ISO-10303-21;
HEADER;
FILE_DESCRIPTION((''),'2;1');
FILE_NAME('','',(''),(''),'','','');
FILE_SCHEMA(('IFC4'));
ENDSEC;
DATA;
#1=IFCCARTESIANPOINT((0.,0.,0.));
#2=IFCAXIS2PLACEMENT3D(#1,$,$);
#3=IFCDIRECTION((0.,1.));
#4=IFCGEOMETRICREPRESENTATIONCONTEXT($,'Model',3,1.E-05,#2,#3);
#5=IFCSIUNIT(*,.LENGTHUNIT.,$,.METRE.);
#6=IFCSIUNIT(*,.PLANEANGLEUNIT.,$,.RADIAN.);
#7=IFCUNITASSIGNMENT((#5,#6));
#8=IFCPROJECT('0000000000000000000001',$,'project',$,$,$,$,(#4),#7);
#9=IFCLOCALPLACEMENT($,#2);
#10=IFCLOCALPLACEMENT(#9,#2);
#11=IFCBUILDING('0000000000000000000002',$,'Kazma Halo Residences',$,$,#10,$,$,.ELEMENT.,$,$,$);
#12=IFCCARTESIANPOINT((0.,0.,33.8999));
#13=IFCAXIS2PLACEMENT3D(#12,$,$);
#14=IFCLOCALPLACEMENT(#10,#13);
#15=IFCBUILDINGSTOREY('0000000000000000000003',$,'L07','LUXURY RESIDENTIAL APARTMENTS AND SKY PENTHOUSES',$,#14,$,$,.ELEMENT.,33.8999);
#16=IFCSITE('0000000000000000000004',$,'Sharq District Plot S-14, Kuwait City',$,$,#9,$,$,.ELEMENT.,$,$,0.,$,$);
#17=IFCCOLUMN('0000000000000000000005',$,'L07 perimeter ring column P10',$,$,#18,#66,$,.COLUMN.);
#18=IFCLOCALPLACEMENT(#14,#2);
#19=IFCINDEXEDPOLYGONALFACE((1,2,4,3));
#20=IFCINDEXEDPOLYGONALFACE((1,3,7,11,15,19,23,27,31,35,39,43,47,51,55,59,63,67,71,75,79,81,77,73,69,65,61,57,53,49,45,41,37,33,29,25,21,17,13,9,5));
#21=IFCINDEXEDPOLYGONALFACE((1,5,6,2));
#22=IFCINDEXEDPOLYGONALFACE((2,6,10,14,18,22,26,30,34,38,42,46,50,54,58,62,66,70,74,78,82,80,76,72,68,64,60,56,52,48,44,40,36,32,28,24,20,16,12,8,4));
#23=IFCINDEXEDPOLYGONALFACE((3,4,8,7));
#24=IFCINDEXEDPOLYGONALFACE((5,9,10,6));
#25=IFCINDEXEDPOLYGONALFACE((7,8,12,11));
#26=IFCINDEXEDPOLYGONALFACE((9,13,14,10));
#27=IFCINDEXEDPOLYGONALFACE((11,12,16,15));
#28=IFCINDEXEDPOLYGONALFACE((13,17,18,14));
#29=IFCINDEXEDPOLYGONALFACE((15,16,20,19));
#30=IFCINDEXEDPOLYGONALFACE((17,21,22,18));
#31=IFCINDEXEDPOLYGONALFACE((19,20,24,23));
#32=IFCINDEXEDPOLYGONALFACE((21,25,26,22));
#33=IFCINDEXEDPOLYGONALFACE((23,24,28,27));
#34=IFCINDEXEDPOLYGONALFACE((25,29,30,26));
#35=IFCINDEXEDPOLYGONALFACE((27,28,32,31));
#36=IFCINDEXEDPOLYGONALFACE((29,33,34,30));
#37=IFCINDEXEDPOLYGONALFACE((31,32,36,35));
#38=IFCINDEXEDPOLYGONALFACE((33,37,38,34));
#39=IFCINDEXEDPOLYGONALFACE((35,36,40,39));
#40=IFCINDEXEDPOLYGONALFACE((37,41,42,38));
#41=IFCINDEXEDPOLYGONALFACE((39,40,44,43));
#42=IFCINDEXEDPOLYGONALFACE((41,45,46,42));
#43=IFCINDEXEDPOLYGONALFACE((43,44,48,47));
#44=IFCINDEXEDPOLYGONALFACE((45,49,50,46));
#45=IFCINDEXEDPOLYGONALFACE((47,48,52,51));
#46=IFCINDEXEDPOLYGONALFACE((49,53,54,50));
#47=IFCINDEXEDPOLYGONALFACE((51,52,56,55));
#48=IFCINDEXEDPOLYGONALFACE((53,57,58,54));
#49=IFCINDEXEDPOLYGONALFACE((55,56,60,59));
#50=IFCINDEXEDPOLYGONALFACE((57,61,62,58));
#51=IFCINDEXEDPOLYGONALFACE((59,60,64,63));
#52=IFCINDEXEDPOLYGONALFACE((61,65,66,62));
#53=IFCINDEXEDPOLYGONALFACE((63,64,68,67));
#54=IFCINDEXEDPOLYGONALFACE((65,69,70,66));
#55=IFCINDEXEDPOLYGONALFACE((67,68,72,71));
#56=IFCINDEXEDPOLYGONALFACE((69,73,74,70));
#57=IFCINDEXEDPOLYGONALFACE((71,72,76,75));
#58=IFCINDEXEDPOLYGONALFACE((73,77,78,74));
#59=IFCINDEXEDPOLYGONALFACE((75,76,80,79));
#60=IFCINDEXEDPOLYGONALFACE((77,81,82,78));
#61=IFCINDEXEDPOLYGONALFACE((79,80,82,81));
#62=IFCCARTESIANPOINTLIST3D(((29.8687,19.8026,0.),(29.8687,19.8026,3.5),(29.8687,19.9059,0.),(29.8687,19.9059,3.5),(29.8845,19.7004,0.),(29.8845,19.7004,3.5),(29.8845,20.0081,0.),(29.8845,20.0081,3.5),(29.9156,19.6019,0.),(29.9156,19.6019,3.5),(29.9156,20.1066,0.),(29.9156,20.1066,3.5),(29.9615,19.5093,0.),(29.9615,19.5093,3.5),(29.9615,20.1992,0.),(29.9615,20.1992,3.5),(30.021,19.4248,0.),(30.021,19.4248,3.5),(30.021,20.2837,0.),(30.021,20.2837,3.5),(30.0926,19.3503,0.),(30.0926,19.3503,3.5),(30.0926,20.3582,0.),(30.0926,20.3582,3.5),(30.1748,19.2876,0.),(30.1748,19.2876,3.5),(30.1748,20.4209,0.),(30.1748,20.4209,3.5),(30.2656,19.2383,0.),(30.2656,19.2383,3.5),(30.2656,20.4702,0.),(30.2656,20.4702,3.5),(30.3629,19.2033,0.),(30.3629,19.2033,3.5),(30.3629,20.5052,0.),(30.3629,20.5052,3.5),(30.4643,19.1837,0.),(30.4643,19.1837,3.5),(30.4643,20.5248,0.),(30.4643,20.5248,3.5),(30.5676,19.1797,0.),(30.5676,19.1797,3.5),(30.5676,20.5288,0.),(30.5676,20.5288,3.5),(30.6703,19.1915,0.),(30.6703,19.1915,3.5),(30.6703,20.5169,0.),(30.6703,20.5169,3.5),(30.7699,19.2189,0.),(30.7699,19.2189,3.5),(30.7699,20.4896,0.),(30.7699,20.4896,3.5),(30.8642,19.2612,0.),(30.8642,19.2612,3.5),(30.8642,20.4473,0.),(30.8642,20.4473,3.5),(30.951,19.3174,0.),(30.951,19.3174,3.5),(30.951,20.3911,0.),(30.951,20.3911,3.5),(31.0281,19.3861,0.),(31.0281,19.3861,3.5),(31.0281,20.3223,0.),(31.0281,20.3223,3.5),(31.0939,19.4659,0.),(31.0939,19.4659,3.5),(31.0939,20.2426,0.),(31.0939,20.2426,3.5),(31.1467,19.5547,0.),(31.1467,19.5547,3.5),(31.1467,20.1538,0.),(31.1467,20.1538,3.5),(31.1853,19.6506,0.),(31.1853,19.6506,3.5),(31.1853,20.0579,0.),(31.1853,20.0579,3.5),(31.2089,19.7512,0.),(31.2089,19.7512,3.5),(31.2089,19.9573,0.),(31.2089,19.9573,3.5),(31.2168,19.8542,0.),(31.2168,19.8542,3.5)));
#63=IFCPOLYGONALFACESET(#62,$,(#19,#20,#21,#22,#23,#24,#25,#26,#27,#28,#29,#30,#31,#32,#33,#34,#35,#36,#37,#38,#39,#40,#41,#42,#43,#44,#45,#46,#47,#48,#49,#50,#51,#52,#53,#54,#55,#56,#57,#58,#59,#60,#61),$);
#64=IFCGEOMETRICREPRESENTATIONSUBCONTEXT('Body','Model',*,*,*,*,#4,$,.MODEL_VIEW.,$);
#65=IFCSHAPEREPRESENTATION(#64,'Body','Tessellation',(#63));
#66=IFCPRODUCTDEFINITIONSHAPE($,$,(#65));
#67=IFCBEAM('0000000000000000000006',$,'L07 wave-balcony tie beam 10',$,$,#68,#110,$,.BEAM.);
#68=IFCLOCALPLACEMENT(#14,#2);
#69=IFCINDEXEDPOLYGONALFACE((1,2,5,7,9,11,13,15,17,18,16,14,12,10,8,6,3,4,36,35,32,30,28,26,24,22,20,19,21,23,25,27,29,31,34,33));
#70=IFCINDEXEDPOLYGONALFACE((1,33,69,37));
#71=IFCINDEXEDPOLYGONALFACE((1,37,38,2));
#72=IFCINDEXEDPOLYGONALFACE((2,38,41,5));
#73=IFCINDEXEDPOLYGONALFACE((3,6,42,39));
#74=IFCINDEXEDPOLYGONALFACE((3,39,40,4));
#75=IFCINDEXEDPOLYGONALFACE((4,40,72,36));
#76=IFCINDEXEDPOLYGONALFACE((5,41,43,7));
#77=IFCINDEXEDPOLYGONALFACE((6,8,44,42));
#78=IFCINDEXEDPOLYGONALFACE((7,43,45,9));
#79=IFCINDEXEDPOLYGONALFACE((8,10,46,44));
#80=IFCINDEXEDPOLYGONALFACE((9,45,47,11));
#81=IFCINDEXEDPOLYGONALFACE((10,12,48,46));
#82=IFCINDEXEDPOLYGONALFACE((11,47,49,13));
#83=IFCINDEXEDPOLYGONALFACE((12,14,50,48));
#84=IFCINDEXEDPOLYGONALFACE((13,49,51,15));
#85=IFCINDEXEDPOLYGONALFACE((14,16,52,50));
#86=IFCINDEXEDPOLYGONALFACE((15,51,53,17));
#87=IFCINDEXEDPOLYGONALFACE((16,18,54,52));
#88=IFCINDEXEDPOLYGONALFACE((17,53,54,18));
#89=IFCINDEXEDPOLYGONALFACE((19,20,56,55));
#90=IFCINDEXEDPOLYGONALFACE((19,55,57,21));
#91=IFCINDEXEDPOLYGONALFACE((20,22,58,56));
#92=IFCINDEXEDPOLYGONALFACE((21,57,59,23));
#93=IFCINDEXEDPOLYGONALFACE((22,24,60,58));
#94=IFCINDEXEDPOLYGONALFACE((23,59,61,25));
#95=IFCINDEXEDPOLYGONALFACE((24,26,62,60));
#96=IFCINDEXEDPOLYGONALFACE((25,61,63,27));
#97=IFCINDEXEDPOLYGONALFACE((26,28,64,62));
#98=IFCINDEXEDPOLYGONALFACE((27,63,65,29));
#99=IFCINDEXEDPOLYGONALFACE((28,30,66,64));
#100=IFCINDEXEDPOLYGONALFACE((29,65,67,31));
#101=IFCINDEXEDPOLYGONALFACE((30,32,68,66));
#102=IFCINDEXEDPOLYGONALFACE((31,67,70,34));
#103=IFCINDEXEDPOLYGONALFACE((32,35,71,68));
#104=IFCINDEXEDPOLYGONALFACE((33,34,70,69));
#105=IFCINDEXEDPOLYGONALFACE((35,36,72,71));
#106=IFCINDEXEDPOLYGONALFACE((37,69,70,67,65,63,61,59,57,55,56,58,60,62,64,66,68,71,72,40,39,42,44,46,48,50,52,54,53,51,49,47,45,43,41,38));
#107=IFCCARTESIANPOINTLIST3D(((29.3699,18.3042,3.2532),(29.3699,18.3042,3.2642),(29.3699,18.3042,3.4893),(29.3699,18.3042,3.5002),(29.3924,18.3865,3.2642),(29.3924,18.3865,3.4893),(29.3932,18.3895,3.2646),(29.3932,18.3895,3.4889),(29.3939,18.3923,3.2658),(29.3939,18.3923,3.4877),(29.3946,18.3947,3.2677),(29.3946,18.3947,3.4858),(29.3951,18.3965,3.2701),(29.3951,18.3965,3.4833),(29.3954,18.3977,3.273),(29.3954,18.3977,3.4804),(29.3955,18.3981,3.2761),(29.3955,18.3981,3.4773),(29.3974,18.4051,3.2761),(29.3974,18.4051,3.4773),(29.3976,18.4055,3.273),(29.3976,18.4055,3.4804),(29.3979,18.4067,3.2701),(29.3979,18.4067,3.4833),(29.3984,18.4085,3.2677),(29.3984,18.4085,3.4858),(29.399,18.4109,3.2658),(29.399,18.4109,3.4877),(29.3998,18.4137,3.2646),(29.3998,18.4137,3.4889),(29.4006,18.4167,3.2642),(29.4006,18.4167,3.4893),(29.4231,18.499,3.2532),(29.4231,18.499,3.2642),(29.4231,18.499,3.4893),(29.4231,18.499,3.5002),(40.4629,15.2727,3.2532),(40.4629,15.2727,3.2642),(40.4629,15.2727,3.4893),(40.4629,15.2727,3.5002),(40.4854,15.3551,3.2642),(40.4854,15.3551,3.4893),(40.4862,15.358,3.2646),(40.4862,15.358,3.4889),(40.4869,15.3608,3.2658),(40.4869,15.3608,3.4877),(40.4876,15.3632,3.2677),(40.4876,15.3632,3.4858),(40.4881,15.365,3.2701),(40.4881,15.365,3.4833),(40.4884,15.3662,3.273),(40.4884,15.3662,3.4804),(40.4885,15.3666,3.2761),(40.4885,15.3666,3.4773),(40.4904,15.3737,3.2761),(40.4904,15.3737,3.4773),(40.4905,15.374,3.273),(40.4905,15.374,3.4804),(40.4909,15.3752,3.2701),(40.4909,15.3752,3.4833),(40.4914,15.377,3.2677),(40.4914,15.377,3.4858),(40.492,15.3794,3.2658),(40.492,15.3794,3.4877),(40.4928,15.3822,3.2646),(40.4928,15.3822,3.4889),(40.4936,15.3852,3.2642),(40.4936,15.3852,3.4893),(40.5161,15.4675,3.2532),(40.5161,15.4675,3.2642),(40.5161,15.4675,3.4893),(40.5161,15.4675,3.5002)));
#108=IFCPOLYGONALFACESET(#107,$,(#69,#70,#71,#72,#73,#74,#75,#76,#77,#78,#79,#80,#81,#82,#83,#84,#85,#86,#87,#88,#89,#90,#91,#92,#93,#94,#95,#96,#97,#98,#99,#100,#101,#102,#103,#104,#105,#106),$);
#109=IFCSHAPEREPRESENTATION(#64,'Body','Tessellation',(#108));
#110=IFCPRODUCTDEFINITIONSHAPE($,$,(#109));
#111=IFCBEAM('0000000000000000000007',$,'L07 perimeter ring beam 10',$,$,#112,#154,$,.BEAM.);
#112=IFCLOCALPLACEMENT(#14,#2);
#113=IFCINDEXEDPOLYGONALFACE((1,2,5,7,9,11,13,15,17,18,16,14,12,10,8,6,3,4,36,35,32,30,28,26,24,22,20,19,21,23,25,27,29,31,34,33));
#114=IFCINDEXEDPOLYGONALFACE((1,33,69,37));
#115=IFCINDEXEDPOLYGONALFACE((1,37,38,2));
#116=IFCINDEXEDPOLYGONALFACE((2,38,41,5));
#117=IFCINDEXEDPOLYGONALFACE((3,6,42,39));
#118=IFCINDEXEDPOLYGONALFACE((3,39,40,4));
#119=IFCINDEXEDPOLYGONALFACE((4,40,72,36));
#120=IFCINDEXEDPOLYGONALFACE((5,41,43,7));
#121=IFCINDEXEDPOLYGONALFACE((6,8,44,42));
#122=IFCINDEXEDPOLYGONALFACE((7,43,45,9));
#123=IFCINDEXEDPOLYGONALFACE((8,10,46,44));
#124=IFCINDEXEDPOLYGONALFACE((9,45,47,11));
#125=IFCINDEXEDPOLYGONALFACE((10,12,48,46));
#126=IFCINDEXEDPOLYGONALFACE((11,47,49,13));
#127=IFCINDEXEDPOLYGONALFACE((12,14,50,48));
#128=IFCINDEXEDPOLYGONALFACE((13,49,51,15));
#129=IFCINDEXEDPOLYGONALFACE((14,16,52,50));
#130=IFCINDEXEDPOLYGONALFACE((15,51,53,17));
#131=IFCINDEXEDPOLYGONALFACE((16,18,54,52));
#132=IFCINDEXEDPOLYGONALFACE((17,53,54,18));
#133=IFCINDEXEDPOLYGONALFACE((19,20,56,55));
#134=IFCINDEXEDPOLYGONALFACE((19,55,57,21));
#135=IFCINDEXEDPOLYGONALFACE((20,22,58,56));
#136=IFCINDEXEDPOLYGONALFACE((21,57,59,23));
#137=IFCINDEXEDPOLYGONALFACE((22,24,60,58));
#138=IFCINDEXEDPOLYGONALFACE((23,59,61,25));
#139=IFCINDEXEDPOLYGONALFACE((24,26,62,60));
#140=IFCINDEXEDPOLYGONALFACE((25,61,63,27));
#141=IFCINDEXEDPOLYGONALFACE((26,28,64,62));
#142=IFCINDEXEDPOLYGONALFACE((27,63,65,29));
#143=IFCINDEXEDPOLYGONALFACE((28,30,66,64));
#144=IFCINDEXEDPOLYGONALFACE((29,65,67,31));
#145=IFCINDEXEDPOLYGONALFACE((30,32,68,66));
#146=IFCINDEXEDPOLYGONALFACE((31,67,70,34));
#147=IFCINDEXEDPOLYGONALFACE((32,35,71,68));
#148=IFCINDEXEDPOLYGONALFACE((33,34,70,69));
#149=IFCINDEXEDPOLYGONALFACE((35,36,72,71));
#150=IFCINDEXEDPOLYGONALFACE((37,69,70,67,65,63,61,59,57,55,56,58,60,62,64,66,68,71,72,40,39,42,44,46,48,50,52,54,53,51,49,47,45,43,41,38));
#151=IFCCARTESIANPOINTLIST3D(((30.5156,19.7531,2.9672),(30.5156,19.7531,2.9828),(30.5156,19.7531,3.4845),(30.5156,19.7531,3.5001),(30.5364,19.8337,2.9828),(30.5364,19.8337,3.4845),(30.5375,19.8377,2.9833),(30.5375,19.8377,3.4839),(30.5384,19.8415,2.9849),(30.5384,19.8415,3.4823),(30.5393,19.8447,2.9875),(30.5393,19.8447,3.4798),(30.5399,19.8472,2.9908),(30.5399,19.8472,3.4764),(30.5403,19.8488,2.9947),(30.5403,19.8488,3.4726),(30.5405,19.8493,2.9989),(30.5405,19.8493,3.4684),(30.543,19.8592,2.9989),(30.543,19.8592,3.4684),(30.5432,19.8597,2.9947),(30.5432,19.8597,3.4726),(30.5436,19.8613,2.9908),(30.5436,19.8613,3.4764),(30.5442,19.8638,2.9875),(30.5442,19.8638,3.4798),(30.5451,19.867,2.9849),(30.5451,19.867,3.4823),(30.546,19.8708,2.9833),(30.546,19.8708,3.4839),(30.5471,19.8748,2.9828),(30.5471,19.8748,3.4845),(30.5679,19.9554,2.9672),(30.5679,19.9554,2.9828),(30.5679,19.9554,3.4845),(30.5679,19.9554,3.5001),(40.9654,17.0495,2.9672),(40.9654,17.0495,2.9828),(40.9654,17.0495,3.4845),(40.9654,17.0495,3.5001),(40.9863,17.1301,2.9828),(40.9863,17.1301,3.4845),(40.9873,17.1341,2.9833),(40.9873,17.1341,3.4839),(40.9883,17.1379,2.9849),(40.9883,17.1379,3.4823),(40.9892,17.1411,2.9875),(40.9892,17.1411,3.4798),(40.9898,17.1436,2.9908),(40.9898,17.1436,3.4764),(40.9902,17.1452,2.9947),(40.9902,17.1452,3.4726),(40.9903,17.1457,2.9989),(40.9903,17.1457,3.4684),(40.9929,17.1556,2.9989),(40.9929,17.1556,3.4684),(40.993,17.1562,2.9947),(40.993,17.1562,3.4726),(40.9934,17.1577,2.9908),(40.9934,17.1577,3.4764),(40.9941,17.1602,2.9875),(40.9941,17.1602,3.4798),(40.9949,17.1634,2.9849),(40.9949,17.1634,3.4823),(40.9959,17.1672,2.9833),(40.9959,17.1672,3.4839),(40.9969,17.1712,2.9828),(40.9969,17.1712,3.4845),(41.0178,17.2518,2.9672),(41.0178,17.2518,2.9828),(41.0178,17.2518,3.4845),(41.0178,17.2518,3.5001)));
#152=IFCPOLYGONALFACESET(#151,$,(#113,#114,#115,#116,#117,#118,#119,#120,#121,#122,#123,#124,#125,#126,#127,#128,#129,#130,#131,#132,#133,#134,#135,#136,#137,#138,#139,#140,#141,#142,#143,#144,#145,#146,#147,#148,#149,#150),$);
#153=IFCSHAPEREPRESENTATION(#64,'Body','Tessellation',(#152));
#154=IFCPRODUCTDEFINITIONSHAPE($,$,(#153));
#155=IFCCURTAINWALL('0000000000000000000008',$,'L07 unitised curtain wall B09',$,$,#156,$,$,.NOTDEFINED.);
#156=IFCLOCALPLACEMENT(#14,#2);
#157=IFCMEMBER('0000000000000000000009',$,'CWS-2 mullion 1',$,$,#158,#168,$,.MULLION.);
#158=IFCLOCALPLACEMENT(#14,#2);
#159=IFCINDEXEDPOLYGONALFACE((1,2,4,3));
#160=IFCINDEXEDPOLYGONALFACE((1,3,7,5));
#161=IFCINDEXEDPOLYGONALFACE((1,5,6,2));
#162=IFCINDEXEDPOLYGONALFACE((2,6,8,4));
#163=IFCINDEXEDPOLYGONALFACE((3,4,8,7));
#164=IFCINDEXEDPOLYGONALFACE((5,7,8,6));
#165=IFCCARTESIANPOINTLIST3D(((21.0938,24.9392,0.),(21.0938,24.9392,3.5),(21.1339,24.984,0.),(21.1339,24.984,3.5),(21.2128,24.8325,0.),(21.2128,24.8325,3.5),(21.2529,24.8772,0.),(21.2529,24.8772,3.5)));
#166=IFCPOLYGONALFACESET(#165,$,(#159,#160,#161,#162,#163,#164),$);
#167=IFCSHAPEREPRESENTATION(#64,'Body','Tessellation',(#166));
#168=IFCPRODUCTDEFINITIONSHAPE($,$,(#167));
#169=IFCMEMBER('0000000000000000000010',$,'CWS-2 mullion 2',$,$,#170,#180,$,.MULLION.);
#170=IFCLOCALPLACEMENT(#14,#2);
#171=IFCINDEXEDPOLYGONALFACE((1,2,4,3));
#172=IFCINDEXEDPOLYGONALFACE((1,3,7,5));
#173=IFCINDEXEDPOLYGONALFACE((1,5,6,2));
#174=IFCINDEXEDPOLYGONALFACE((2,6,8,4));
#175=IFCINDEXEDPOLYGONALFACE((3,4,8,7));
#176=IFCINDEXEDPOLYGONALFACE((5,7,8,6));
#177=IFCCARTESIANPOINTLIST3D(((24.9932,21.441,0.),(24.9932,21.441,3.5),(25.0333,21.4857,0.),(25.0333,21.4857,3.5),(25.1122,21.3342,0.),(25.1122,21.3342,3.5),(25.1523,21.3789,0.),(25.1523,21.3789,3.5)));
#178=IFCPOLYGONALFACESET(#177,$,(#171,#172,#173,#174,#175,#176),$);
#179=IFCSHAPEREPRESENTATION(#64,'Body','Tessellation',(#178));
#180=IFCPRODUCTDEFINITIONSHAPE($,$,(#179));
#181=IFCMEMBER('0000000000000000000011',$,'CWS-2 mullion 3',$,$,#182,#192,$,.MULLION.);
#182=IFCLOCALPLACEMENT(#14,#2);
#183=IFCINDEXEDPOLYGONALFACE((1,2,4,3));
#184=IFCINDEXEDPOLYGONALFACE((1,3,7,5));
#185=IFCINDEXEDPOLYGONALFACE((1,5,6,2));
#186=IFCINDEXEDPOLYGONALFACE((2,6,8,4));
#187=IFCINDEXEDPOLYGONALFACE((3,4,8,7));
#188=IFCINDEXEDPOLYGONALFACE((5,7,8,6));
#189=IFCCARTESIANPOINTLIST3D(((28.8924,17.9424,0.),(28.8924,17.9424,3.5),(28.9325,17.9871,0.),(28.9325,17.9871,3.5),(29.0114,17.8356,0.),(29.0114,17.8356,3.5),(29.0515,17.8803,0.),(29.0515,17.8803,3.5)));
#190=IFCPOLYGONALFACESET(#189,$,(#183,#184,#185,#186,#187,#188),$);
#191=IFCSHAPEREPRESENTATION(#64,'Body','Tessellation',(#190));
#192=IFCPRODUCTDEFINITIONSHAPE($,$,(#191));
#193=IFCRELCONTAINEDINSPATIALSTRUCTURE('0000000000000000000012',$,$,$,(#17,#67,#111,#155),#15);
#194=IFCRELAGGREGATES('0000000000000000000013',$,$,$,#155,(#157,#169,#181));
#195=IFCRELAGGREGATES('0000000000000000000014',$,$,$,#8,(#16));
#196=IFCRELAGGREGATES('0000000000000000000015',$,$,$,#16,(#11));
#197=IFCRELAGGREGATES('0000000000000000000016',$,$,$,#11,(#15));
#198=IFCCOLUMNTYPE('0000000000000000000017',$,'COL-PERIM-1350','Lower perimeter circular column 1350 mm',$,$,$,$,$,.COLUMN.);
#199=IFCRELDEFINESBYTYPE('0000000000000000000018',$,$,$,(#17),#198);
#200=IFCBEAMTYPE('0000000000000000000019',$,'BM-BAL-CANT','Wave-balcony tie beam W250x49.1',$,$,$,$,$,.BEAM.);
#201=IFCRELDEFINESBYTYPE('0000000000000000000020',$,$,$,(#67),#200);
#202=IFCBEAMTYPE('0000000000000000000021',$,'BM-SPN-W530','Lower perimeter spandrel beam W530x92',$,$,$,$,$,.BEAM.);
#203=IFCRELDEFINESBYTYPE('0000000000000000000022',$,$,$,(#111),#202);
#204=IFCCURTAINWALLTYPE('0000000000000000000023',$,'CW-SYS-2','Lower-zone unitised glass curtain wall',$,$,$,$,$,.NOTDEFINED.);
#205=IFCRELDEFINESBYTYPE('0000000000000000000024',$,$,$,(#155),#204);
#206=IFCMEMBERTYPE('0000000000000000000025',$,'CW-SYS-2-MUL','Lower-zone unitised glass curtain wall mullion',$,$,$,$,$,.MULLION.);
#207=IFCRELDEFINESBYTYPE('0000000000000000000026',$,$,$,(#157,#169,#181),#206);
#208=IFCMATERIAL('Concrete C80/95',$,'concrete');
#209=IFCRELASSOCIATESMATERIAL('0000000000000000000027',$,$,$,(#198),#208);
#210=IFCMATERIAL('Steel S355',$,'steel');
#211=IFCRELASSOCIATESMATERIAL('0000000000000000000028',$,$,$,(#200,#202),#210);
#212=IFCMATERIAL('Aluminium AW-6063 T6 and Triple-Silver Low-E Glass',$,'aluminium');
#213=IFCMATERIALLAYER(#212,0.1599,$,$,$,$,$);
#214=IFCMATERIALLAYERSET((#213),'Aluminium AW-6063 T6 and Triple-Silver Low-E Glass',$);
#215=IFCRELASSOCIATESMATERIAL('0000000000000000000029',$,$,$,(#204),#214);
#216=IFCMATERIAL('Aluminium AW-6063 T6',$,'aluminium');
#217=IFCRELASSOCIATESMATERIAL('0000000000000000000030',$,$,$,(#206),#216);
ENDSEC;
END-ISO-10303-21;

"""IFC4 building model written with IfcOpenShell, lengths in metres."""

from ifc_helpers import new_model, si_unit, direction, frame, origin, origin_2d, place, context, subcontext, project, spatial, rectangle, circle, i_section, extrude, material, layer, layer_set, material_profile, profile_set, type_object, element, aggregate, save


model = new_model("IFC4")

# Units and contexts
model_context = context("Model", 3, precision=1e-05, world=origin(), true_north=direction((0.0, 1.0)))
body_context = subcontext(model_context, "Body", "Model", "MODEL_VIEW")
ifc_project = project(units=[si_unit("LENGTHUNIT", "METRE"), si_unit("PLANEANGLEUNIT", "RADIAN")], contexts=[model_context])

# Site, building, storey
site_placement = place(None, origin())
site = spatial("IfcSite", under=ifc_project, at=site_placement, Name="Sharq District Plot S-14, Kuwait City", CompositionType="ELEMENT", RefElevation=0.0)
building_placement = place(site_placement, origin())
building = spatial("IfcBuilding", under=site, at=building_placement, Name="Kazma Halo Residences", CompositionType="ELEMENT")
storey_placement = place(building_placement, frame((0.0, 0.0, 33.8999)))
storey = spatial("IfcBuildingStorey", under=building, at=storey_placement, Name="L07", Description="LUXURY RESIDENTIAL APARTMENTS AND SKY PENTHOUSES", CompositionType="ELEMENT", Elevation=33.8999)

# Column
ifc_material_1 = material(Name="Concrete C80/95", Category="concrete")
ifc_material_profile_1 = material_profile(ifc_material_1, circle(Radius=0.675, at=origin_2d()), Name="CIRC1350")
ifc_profile_set_1 = profile_set([ifc_material_profile_1], Name="Concrete C80/95")
column_type = type_object("IfcColumnType", Name="COL-PERIM-1350", Description="Lower perimeter circular column 1350 mm", PredefinedType="COLUMN", material=ifc_profile_set_1)
column_placement = place(storey_placement, frame((30.5417, 19.8542, 0.0), z_axis=(0.0, 0.0, 1.0), x_axis=(1.0, 0.0, 0.0)))
element("IfcColumn", 1, at=column_placement, inside=storey, type_object=column_type, Name="L07 perimeter ring column P10", PredefinedType="COLUMN", context=body_context, shape_type="SweptSolid", body=[
    extrude(circle(Radius=0.675, at=origin_2d()), origin(), (0.0, 0.0, 1.0), 3.5),
])

# Beams
ifc_material_2 = material(Name="Steel S355", Category="steel")
ifc_material_profile_2 = material_profile(ifc_material_2, i_section(OverallWidth=0.2019, OverallDepth=0.2471, WebThickness=0.0073, FlangeThickness=0.011, FilletRadius=0.012, at=origin_2d()), Name="W250x49.1")
ifc_profile_set_2 = profile_set([ifc_material_profile_2], Name="Steel S355")
beam_type_1 = type_object("IfcBeamType", Name="BM-BAL-CANT", Description="Wave-balcony tie beam W250x49.1", PredefinedType="BEAM", material=ifc_profile_set_2)
beam_1_placement = place(storey_placement, frame((29.3965, 18.4016, 3.3767), z_axis=(0.964628, -0.263613, 0.0), x_axis=(0.263613, 0.964628, 0.0)))
element("IfcBeam", 2, at=beam_1_placement, inside=storey, type_object=beam_type_1, Name="L07 wave-balcony tie beam 10", PredefinedType="BEAM", context=body_context, shape_type="SweptSolid", body=[
    extrude(i_section(OverallWidth=0.2019, OverallDepth=0.2471, WebThickness=0.0073, FlangeThickness=0.011, FilletRadius=0.012, at=origin_2d()), origin(), (0.0, 0.0, 1.0), 11.4998),
])
ifc_material_profile_3 = material_profile(ifc_material_2, i_section(OverallWidth=0.209, OverallDepth=0.533, WebThickness=0.0103, FlangeThickness=0.0156, FilletRadius=0.0161, at=origin_2d()), Name="W530x92")
ifc_profile_set_3 = profile_set([ifc_material_profile_3], Name="Steel S355")
beam_type_2 = type_object("IfcBeamType", Name="BM-SPN-W530", Description="Lower perimeter spandrel beam W530x92", PredefinedType="BEAM", material=ifc_profile_set_3)
beam_2_placement = place(storey_placement, frame((30.5417, 19.8542, 3.2336), z_axis=(0.968124, -0.250473, 0.0), x_axis=(0.250473, 0.968124, 0.0)))
element("IfcBeam", 3, at=beam_2_placement, inside=storey, type_object=beam_type_2, Name="L07 perimeter ring beam 10", PredefinedType="BEAM", context=body_context, shape_type="SweptSolid", body=[
    extrude(i_section(OverallWidth=0.209, OverallDepth=0.533, WebThickness=0.0103, FlangeThickness=0.0156, FilletRadius=0.0161, at=origin_2d()), origin(), (0.0, 0.0, 1.0), 10.7939),
])

# Curtain wall, members
ifc_material_3 = material(Name="Aluminium AW-6063 T6 and Triple-Silver Low-E Glass", Category="aluminium")
ifc_layer_1 = layer(ifc_material_3, 0.1599)
ifc_layer_set_1 = layer_set([ifc_layer_1], Name="Aluminium AW-6063 T6 and Triple-Silver Low-E Glass")
curtain_wall_type = type_object("IfcCurtainWallType", Name="CW-SYS-2", Description="Lower-zone unitised glass curtain wall", PredefinedType="NOTDEFINED", material=ifc_layer_set_1)
curtain_wall_placement = place(storey_placement, origin())
curtain_wall = element("IfcCurtainWall", 4, at=curtain_wall_placement, inside=storey, type_object=curtain_wall_type, Name="L07 unitised curtain wall B09", PredefinedType="NOTDEFINED")
ifc_material_4 = material(Name="Aluminium AW-6063 T6", Category="aluminium")
ifc_material_profile_4 = material_profile(ifc_material_4, rectangle(XDim=0.0601, YDim=0.1599, at=origin_2d()), Name="CWM-60x160")
ifc_profile_set_4 = profile_set([ifc_material_profile_4], Name="Aluminium AW-6063 T6")
member_type_1 = type_object("IfcMemberType", Name="CW-SYS-2-MUL", Description="Lower-zone unitised glass curtain wall mullion", PredefinedType="MULLION", material=ifc_profile_set_4)
member_1_placement = place(storey_placement, frame((21.1733, 24.9082, 0.0), z_axis=(0.0, 0.0, 1.0), x_axis=(0.667821, 0.744322, 0.0)))
member_1 = element("IfcMember", 5, at=member_1_placement, type_object=member_type_1, Name="CWS-2 mullion 1", PredefinedType="MULLION", context=body_context, shape_type="SweptSolid", body=[
    extrude(rectangle(XDim=0.0601, YDim=0.1599, at=origin_2d()), origin(), (0.0, 0.0, 1.0), 3.5),
])
member_2_placement = place(storey_placement, frame((25.0728, 21.4099, 0.0), z_axis=(0.0, 0.0, 1.0), x_axis=(0.667821, 0.744322, 0.0)))
member_2 = element("IfcMember", 6, at=member_2_placement, type_object=member_type_1, Name="CWS-2 mullion 2", PredefinedType="MULLION", context=body_context, shape_type="SweptSolid", body=[
    extrude(rectangle(XDim=0.0601, YDim=0.1599, at=origin_2d()), origin(), (0.0, 0.0, 1.0), 3.5),
])
member_3_placement = place(storey_placement, frame((28.9719, 17.9114, 0.0), z_axis=(0.0, 0.0, 1.0), x_axis=(0.667821, 0.744322, 0.0)))
member_3 = element("IfcMember", 7, at=member_3_placement, type_object=member_type_1, Name="CWS-2 mullion 3", PredefinedType="MULLION", context=body_context, shape_type="SweptSolid", body=[
    extrude(rectangle(XDim=0.0601, YDim=0.1599, at=origin_2d()), origin(), (0.0, 0.0, 1.0), 3.5),
])
aggregate(curtain_wall, [member_1, member_2, member_3])

save(model, "model.ifc")
